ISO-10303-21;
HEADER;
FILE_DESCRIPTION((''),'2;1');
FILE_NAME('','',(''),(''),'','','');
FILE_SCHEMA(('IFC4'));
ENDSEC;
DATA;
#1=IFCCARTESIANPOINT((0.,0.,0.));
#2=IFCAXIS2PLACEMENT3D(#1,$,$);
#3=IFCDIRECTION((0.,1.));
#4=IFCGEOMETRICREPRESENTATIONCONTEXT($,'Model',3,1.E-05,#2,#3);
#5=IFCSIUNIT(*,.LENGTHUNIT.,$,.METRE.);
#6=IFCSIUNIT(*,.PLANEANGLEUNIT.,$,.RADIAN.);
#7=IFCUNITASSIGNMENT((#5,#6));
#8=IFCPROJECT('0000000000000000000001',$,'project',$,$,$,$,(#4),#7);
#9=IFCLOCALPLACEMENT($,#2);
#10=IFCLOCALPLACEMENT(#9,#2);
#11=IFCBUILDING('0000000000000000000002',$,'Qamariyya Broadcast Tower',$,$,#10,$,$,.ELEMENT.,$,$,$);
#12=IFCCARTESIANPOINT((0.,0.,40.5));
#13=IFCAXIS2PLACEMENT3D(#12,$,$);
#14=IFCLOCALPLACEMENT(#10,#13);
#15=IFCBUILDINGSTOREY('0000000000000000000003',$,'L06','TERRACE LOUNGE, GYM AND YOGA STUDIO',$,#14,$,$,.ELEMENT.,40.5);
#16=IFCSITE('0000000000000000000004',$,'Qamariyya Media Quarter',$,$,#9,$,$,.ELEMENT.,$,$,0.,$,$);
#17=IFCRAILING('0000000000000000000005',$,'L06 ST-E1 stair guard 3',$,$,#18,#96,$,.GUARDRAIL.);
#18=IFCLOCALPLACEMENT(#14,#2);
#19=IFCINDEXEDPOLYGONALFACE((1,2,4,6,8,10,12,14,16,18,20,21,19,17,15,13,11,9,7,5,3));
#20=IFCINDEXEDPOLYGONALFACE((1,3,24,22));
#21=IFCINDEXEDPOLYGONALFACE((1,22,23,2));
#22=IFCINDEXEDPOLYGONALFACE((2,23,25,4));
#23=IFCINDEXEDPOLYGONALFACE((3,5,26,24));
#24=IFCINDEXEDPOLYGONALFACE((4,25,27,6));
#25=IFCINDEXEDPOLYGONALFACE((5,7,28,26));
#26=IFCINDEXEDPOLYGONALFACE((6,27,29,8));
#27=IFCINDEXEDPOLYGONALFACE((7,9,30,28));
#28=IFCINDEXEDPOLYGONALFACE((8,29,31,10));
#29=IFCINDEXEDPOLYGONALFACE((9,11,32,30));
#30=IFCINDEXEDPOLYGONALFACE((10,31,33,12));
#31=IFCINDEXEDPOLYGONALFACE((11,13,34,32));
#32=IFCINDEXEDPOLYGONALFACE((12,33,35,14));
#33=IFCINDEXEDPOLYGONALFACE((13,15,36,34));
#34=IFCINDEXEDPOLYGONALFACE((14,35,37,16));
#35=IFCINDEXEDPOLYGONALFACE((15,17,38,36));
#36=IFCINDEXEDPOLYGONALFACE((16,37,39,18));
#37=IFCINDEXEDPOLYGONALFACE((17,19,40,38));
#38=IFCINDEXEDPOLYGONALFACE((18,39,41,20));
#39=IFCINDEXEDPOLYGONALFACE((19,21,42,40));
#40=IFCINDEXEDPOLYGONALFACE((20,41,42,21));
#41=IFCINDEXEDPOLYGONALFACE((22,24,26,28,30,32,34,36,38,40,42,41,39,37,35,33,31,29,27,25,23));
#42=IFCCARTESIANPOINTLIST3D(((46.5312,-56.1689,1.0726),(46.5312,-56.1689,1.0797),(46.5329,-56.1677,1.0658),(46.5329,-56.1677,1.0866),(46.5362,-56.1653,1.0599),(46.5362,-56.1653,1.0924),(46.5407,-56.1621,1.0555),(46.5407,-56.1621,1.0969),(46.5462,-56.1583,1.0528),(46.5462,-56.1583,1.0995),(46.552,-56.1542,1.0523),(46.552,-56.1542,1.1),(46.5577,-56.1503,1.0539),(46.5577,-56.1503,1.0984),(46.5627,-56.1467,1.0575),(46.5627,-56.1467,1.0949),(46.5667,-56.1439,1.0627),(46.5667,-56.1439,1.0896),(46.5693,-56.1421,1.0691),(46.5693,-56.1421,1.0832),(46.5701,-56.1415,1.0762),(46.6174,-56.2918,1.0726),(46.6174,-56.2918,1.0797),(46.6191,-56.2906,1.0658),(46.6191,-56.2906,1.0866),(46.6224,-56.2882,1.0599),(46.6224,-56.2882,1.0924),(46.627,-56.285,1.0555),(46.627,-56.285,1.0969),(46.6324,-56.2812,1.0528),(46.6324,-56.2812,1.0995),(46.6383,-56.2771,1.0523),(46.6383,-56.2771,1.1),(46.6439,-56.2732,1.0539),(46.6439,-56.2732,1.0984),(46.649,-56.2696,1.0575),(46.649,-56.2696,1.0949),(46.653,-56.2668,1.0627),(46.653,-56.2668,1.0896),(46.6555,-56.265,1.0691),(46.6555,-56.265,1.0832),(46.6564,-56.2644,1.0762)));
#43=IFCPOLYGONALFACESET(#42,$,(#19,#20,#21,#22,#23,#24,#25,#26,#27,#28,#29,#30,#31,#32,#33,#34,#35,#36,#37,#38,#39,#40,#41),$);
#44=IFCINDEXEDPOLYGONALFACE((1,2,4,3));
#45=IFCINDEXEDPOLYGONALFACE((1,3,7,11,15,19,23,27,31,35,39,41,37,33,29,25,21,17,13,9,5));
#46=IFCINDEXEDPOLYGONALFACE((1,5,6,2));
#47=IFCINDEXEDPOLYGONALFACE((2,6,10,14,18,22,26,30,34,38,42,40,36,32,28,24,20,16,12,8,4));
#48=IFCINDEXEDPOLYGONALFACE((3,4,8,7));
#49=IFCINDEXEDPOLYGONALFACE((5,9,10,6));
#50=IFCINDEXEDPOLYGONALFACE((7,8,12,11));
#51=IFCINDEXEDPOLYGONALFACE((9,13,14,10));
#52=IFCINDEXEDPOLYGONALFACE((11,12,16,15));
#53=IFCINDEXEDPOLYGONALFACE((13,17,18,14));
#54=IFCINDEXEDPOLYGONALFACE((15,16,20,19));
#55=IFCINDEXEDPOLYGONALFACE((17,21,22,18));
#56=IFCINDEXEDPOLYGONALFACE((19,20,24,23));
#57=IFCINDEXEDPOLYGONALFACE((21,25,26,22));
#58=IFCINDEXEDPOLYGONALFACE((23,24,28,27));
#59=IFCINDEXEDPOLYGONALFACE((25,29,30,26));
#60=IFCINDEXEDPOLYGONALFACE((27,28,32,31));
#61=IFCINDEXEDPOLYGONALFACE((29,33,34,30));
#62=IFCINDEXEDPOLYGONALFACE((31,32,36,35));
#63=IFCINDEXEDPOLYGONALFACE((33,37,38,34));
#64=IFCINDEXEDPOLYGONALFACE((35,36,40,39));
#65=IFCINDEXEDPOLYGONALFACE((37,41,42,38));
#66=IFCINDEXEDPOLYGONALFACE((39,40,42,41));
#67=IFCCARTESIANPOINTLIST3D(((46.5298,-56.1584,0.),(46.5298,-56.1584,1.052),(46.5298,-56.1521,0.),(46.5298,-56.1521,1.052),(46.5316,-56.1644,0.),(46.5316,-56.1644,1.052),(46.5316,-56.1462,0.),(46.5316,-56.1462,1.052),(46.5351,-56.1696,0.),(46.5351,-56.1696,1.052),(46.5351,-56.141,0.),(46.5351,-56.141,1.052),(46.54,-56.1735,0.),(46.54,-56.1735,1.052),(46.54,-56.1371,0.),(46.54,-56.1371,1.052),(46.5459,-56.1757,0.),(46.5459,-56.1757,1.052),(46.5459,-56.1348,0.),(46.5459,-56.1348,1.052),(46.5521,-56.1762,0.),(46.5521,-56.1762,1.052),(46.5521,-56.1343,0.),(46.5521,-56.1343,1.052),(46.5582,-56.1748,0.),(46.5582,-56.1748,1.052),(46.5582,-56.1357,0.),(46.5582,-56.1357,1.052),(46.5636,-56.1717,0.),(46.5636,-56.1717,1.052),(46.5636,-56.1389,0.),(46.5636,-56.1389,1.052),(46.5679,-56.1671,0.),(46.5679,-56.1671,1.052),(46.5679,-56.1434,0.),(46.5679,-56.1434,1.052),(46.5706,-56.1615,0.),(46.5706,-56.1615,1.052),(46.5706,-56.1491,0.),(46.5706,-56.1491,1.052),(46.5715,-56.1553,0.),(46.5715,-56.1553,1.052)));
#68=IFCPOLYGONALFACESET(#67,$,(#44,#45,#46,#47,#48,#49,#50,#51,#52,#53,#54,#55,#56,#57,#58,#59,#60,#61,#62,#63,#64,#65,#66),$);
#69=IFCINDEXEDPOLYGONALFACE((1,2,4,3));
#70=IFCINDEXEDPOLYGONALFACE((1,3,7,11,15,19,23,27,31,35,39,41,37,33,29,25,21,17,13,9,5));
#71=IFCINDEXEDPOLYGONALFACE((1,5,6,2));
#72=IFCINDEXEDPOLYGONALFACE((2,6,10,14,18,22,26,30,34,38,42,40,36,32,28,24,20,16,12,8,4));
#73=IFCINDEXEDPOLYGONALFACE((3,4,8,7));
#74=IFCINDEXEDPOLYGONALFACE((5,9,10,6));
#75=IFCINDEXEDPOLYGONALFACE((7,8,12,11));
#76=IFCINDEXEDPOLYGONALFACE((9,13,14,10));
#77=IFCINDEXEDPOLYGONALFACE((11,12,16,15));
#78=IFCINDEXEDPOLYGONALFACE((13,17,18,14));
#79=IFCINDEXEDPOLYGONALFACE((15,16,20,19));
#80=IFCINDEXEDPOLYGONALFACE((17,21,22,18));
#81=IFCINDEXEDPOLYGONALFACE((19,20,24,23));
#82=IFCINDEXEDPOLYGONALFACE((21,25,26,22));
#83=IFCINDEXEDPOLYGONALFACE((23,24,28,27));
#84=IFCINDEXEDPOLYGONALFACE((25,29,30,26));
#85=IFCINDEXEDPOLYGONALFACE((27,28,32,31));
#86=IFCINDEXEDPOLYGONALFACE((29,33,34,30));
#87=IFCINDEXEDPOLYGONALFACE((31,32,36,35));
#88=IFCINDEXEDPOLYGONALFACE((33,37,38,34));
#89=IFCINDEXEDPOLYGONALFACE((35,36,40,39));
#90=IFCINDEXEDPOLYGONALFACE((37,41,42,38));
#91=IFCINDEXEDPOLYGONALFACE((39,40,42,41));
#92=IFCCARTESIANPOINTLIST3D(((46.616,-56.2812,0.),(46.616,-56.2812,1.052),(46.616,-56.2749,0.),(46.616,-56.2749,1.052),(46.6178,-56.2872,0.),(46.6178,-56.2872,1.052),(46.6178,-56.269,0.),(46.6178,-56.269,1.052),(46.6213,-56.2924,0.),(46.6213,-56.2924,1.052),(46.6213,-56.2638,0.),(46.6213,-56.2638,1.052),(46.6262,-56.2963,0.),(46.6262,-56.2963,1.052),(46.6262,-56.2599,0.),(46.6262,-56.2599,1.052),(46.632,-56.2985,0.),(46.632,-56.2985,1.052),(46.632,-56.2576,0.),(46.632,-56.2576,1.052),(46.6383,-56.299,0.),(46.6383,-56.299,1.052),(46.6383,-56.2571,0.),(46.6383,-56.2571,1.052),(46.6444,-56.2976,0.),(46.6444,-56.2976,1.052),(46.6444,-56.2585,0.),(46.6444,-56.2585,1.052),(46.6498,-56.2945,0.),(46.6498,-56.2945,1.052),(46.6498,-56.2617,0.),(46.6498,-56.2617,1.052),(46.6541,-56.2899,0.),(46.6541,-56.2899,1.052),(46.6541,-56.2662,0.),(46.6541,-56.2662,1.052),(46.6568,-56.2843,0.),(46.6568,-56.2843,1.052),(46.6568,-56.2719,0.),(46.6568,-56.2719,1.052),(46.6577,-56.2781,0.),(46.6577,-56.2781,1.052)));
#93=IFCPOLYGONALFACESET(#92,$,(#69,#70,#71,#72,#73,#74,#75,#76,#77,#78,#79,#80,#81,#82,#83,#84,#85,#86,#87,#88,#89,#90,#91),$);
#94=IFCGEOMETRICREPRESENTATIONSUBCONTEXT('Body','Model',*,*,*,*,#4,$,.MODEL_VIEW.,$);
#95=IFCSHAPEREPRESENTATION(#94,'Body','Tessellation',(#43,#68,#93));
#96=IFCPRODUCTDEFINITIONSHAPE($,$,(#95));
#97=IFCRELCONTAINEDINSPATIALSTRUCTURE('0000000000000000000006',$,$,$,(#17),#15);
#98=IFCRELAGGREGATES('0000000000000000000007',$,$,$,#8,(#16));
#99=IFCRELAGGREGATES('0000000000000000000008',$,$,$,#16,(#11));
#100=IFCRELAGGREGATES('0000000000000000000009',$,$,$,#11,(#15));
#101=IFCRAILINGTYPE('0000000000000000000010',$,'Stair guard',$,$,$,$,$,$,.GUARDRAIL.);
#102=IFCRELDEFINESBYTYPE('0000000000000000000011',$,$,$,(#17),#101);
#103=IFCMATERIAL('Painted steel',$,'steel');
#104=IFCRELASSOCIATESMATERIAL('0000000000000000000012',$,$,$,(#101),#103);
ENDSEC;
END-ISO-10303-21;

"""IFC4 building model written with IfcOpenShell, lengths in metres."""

from ifc_helpers import new_model, si_unit, direction, frame, origin, origin_2d, place, context, subcontext, project, spatial, circle, extrude, material, type_object, element, save


model = new_model("IFC4")

# Units and contexts
model_context = context("Model", 3, precision=1e-05, world=origin(), true_north=direction((0.0, 1.0)))
body_context = subcontext(model_context, "Body", "Model", "MODEL_VIEW")
ifc_project = project(units=[si_unit("LENGTHUNIT", "METRE"), si_unit("PLANEANGLEUNIT", "RADIAN")], contexts=[model_context])

# Site, building, storey
site_placement = place(None, origin())
site = spatial("IfcSite", under=ifc_project, at=site_placement, Name="Qamariyya Media Quarter", CompositionType="ELEMENT", RefElevation=0.0)
building_placement = place(site_placement, origin())
building = spatial("IfcBuilding", under=site, at=building_placement, Name="Qamariyya Broadcast Tower", CompositionType="ELEMENT")
storey_placement = place(building_placement, frame((0.0, 0.0, 40.5)))
storey = spatial("IfcBuildingStorey", under=building, at=storey_placement, Name="L06", Description="TERRACE LOUNGE, GYM AND YOGA STUDIO", CompositionType="ELEMENT", Elevation=40.5)

# Railing
ifc_material_1 = material(Name="Painted steel", Category="steel")
railing_type_1 = type_object("IfcRailingType", Name="Stair guard", PredefinedType="GUARDRAIL", material=ifc_material_1)
railing_1_placement = place(storey_placement, frame((46.5505, -56.1553, 0.0)))
element("IfcRailing", 1, at=railing_1_placement, inside=storey, type_object=railing_type_1, Name="L06 ST-E1 stair guard 3", PredefinedType="GUARDRAIL", context=body_context, shape_type="SweptSolid", body=[
    extrude(circle(Radius=0.0239, at=origin_2d()), frame((0.0, 0.0, 1.0762), z_axis=(0.574445, -0.818543, 0.0), x_axis=(0.818543, 0.574445, 0.0)), (0.0, 0.0, 1.0), 0.1501),
    extrude(circle(Radius=0.021, at=origin_2d()), origin(), (0.0, 0.0, 1.0), 1.052),
    extrude(circle(Radius=0.021, at=origin_2d()), frame((0.0862, -0.1228, 0.0)), (0.0, 0.0, 1.0), 1.052),
])

save(model, "model.ifc")
